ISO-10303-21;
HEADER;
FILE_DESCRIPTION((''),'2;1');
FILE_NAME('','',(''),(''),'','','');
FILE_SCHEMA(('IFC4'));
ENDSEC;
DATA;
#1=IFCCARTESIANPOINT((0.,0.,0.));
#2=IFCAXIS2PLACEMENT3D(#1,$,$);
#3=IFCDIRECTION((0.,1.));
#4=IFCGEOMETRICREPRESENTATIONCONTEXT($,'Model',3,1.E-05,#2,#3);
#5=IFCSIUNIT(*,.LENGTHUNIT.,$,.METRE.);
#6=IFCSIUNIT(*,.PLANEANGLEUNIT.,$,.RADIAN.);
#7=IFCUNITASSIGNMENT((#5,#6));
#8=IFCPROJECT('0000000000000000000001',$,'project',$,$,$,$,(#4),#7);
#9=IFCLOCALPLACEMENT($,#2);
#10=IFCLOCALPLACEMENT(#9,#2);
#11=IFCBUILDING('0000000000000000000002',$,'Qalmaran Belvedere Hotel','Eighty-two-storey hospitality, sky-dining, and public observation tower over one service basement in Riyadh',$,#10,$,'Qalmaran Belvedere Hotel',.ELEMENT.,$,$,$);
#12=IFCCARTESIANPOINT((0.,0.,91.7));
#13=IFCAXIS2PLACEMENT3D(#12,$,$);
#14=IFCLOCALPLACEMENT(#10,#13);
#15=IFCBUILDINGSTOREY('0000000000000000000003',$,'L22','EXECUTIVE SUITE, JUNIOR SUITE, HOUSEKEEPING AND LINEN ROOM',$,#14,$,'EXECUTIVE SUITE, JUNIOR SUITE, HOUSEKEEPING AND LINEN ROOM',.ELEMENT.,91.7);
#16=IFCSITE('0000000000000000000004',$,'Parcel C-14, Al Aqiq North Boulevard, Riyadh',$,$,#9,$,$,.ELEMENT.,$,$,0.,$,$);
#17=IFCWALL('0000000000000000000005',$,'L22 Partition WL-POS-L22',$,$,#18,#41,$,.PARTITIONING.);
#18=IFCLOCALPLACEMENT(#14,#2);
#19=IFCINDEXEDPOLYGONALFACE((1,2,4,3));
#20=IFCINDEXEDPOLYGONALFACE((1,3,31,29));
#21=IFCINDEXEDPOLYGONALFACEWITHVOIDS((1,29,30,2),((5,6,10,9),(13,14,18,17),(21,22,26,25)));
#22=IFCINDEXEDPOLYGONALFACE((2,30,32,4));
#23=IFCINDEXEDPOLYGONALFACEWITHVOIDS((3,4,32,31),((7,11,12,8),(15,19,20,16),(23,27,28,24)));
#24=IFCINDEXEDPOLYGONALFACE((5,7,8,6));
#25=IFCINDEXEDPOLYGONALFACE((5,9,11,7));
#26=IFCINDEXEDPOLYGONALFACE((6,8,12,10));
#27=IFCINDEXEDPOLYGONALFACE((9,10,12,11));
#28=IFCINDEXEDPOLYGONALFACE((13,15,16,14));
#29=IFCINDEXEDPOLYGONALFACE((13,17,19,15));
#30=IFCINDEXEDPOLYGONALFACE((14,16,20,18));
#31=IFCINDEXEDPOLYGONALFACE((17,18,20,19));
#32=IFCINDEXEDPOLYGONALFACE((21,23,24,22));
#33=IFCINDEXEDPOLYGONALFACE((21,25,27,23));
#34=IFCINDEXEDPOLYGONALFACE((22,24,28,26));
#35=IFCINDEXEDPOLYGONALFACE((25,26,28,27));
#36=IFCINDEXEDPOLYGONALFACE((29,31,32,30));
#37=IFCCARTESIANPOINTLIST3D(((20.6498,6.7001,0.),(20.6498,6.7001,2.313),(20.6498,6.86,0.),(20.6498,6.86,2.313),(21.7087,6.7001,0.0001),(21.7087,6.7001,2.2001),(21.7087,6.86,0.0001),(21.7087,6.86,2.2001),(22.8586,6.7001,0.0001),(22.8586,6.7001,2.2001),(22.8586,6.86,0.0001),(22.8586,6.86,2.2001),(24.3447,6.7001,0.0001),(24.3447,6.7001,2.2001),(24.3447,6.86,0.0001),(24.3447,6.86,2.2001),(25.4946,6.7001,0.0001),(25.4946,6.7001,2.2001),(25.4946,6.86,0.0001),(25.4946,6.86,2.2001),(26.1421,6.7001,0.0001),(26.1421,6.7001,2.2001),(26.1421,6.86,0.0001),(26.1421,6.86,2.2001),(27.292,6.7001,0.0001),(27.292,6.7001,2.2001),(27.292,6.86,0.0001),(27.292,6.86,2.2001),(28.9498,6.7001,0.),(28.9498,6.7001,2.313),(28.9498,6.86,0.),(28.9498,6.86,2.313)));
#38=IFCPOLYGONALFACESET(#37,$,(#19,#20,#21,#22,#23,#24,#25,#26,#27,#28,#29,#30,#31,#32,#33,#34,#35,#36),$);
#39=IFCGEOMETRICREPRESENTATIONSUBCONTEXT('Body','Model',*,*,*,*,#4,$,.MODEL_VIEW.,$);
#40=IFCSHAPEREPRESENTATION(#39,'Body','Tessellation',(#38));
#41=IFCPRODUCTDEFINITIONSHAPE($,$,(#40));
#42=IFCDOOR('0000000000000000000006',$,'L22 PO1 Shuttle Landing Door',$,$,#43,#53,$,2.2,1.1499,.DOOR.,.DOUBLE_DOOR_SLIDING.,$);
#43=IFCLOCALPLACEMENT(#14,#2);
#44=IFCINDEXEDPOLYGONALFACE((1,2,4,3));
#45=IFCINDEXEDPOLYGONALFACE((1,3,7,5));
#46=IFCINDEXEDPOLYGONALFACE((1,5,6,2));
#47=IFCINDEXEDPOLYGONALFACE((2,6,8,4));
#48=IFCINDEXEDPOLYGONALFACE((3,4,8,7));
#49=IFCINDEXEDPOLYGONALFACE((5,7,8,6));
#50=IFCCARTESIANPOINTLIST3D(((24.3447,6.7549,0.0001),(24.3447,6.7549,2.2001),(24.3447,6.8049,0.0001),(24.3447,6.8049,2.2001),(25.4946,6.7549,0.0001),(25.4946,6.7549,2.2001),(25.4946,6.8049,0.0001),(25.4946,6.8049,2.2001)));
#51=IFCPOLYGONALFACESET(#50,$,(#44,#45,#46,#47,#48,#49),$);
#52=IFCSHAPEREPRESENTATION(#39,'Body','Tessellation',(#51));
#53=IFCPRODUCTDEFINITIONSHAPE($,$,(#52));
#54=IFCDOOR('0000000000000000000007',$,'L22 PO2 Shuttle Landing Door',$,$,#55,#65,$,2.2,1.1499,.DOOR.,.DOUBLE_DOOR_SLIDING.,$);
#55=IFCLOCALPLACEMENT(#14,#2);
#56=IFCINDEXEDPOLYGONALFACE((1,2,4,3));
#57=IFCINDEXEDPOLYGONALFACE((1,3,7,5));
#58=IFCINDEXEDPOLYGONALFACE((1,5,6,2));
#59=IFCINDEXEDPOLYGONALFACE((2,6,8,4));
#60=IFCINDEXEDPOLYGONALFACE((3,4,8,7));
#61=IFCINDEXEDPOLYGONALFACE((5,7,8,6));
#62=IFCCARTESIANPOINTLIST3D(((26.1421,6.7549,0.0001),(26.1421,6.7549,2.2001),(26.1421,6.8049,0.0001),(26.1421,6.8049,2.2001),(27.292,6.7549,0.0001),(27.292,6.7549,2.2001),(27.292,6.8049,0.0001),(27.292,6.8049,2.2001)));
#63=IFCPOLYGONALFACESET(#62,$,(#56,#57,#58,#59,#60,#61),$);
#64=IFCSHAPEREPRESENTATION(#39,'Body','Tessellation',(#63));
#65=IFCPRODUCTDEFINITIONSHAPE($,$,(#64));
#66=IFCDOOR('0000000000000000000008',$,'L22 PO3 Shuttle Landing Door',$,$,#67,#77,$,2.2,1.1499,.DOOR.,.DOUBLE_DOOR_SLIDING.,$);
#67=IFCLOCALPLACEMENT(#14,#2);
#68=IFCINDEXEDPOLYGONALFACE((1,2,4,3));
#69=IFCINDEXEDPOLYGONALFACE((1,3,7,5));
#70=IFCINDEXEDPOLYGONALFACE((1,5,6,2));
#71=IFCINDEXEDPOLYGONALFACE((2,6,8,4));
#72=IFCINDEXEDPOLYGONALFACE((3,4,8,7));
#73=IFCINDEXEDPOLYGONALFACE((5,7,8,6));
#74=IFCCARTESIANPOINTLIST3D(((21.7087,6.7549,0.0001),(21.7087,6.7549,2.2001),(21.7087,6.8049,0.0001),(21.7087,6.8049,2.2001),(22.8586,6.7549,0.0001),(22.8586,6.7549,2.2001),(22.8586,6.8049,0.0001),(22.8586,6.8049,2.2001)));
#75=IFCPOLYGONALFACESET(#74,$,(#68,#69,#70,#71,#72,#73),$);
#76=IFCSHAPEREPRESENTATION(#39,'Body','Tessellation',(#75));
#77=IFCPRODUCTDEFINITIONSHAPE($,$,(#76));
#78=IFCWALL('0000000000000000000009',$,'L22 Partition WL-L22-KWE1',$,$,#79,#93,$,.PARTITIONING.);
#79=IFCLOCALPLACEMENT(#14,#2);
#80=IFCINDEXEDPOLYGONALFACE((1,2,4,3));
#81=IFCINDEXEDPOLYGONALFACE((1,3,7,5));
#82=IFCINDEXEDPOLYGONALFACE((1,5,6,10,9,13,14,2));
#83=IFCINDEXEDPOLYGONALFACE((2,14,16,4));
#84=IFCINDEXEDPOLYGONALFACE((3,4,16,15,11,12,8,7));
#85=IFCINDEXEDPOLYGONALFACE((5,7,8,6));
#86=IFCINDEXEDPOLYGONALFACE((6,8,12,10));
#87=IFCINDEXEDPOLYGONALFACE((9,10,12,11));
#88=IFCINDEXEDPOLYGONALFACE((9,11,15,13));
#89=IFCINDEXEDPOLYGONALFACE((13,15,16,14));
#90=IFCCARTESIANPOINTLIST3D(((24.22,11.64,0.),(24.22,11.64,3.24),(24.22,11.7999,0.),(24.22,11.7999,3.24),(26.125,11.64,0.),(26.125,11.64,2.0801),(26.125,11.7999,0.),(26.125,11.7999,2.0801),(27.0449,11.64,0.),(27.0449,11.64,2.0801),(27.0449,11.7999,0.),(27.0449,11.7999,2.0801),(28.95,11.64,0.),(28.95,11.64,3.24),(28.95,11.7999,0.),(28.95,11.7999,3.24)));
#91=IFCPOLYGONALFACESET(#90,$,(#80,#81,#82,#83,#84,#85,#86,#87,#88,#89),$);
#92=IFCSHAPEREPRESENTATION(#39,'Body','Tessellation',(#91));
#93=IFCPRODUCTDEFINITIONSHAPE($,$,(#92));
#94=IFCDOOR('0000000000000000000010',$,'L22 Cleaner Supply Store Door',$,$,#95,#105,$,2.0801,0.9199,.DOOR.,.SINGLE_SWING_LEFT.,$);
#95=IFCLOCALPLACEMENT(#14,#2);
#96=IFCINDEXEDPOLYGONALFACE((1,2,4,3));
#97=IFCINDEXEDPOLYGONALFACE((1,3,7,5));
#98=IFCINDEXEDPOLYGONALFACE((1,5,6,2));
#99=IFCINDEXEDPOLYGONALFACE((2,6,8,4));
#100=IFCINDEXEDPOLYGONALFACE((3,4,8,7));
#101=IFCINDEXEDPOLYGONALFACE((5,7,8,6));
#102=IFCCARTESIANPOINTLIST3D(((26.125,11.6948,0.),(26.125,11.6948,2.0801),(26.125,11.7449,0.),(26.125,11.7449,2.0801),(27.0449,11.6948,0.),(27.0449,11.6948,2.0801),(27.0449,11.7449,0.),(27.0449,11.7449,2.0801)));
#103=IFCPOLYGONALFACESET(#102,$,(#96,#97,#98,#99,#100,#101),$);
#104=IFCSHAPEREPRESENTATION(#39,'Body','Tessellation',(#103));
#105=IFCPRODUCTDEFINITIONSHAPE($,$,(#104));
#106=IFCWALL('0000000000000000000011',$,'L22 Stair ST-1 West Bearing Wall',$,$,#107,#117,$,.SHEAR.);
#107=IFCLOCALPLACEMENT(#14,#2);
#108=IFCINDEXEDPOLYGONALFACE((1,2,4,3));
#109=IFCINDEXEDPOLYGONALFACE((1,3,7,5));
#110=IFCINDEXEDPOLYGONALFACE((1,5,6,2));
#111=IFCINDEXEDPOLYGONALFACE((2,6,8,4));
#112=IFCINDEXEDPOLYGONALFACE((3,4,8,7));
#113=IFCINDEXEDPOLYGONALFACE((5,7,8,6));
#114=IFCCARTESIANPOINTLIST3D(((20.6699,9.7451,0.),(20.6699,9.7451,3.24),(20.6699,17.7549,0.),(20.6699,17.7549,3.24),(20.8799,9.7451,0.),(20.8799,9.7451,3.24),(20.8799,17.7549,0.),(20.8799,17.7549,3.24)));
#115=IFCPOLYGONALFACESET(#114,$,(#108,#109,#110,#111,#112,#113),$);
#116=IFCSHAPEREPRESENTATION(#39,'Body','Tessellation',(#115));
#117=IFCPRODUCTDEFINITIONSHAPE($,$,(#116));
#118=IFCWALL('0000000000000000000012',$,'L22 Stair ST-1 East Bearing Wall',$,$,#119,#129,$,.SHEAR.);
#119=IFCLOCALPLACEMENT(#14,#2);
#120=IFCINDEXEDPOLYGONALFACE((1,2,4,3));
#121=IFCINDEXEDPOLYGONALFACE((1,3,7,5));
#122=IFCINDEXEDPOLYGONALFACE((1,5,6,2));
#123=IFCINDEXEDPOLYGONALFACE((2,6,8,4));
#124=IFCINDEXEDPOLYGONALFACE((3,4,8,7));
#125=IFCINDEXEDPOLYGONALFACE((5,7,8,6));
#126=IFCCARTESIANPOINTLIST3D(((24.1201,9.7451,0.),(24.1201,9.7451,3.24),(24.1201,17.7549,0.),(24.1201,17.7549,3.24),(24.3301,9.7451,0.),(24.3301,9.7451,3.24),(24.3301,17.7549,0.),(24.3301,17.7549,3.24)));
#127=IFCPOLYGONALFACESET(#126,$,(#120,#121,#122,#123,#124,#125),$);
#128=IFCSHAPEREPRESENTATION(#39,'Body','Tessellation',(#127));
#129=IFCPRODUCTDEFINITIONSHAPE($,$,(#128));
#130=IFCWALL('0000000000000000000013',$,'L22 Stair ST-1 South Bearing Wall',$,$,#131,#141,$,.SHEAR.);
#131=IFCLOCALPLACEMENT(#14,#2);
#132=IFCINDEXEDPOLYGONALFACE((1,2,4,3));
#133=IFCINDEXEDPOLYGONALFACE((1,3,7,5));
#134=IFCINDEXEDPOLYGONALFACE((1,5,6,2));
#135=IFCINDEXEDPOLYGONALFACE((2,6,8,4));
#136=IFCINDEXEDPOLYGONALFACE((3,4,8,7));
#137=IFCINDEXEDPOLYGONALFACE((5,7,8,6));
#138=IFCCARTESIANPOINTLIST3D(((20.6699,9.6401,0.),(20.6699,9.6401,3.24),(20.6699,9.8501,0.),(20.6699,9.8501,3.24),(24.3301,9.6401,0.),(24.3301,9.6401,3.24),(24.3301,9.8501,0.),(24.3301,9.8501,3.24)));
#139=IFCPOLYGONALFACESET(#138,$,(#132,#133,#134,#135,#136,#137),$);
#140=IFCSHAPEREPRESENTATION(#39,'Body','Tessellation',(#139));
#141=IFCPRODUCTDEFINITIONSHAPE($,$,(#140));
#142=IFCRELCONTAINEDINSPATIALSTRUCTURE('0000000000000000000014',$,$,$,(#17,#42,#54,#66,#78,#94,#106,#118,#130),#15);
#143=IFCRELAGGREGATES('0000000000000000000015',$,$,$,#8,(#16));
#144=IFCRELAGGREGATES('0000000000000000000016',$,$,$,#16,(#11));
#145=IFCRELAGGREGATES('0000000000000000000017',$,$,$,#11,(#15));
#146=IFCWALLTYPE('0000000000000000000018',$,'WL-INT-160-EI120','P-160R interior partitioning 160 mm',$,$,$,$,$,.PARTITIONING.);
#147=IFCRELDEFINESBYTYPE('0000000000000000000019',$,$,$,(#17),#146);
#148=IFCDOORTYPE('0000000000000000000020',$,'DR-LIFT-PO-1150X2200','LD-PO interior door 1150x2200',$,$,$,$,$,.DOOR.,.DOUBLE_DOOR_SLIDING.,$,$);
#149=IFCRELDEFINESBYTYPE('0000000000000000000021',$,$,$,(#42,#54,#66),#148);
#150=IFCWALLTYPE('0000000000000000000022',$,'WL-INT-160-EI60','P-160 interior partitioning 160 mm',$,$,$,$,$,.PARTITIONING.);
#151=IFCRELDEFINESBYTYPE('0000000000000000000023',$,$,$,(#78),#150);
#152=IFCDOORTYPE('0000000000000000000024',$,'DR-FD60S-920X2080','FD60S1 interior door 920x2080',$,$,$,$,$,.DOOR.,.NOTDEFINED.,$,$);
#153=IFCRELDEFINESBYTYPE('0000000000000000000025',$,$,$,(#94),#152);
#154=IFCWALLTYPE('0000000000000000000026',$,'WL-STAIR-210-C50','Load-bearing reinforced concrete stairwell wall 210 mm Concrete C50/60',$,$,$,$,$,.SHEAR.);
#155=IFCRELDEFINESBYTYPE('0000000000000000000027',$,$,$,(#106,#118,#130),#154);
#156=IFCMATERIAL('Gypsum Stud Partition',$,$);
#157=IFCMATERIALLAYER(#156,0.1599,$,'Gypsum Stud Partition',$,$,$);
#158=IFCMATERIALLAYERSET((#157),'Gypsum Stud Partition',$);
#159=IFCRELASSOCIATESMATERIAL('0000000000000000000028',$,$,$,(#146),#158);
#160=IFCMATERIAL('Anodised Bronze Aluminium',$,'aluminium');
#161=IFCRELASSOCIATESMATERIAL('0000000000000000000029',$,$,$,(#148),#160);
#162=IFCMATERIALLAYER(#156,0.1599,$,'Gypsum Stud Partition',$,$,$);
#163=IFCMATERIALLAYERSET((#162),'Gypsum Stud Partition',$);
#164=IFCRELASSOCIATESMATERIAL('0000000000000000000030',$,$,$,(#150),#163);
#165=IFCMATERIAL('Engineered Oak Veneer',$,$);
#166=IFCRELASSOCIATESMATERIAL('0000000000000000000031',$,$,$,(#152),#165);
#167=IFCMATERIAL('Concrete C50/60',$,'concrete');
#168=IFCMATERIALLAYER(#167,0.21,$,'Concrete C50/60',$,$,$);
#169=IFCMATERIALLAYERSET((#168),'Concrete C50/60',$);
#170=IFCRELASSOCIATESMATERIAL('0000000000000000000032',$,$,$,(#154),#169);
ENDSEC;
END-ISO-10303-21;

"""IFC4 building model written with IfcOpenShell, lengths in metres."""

from ifc_helpers import new_model, si_unit, direction, frame, frame_2d, origin, place, context, subcontext, project, spatial, rectangle, extrude, material, layer, layer_set, type_object, element, fill, save


model = new_model("IFC4")

# Units and contexts
model_context = context("Model", 3, precision=1e-05, world=origin(), true_north=direction((0.0, 1.0)))
body_context = subcontext(model_context, "Body", "Model", "MODEL_VIEW")
ifc_project = project(units=[si_unit("LENGTHUNIT", "METRE"), si_unit("PLANEANGLEUNIT", "RADIAN")], contexts=[model_context])

# Site, building, storey
site_placement = place(None, origin())
site = spatial("IfcSite", under=ifc_project, at=site_placement, Name="Parcel C-14, Al Aqiq North Boulevard, Riyadh", CompositionType="ELEMENT", RefElevation=0.0)
building_placement = place(site_placement, origin())
building = spatial("IfcBuilding", under=site, at=building_placement, Name="Qalmaran Belvedere Hotel", Description="Eighty-two-storey hospitality, sky-dining, and public observation tower over one service basement in Riyadh", LongName="Qalmaran Belvedere Hotel", CompositionType="ELEMENT")
storey_placement = place(building_placement, frame((0.0, 0.0, 91.7)))
storey = spatial("IfcBuildingStorey", under=building, at=storey_placement, Name="L22", Description="EXECUTIVE SUITE, JUNIOR SUITE, HOUSEKEEPING AND LINEN ROOM", LongName="EXECUTIVE SUITE, JUNIOR SUITE, HOUSEKEEPING AND LINEN ROOM", CompositionType="ELEMENT", Elevation=91.7)

# Shared definitions
ifc_material_1 = material(Name="Anodised Bronze Aluminium", Category="aluminium")

# Shared definitions
ifc_material_2 = material(Name="Concrete C50/60", Category="concrete")
ifc_material_3 = material(Name="Gypsum Stud Partition")

# Wall, openings, doors
ifc_layer_1 = layer(ifc_material_3, 0.1599, Name="Gypsum Stud Partition")
ifc_layer_set_1 = layer_set([ifc_layer_1], Name="Gypsum Stud Partition")
wall_type_1 = type_object("IfcWallType", Name="WL-INT-160-EI120", Description="P-160R interior partitioning 160 mm", PredefinedType="PARTITIONING", material=ifc_layer_set_1)
wall_1_placement = place(storey_placement, frame((20.6499, 6.78, 0.0), z_axis=(0.0, 0.0, 1.0), x_axis=(1.0, 0.0, 0.0)))
wall_1 = element("IfcWall", 1, at=wall_1_placement, inside=storey, type_object=wall_type_1, Name="L22 Partition WL-POS-L22", PredefinedType="PARTITIONING", context=body_context, shape_type="SweptSolid", body=[
    extrude(rectangle(XDim=8.3, YDim=0.1599, at=frame_2d((4.1499, 0.0))), origin(), (0.0, 0.0, 1.0), 2.313),
])
opening_1_placement = place(wall_1_placement, frame((3.6948, 0.0, 0.0)))
opening_1 = element("IfcOpeningElement", 2, at=opening_1_placement, cuts=wall_1, PredefinedType="OPENING", context=body_context, shape_type="SweptSolid", body=[
    extrude(rectangle(XDim=1.1499, YDim=2.2, at=frame_2d((0.575, 1.1001))), frame((0.0, 0.0898, 0.0), z_axis=(0.0, -1.0, 0.0), x_axis=(1.0, 0.0, 0.0)), (0.0, 0.0, 1.0), 0.1799),
])
opening_2_placement = place(wall_1_placement, frame((5.4922, 0.0, 0.0)))
opening_2 = element("IfcOpeningElement", 3, at=opening_2_placement, cuts=wall_1, PredefinedType="OPENING", context=body_context, shape_type="SweptSolid", body=[
    extrude(rectangle(XDim=1.1499, YDim=2.2, at=frame_2d((0.575, 1.1001))), frame((0.0, 0.0898, 0.0), z_axis=(0.0, -1.0, 0.0), x_axis=(1.0, 0.0, 0.0)), (0.0, 0.0, 1.0), 0.1799),
])
opening_3_placement = place(wall_1_placement, frame((1.0588, 0.0, 0.0)))
opening_3 = element("IfcOpeningElement", 4, at=opening_3_placement, cuts=wall_1, PredefinedType="OPENING", context=body_context, shape_type="SweptSolid", body=[
    extrude(rectangle(XDim=1.1499, YDim=2.2, at=frame_2d((0.575, 1.1001))), frame((0.0, 0.0898, 0.0), z_axis=(0.0, -1.0, 0.0), x_axis=(1.0, 0.0, 0.0)), (0.0, 0.0, 1.0), 0.1799),
])
door_type_1 = type_object("IfcDoorType", Name="DR-LIFT-PO-1150X2200", Description="LD-PO interior door 1150x2200", OperationType="DOUBLE_DOOR_SLIDING", PredefinedType="DOOR", material=ifc_material_1)
door_1_placement = place(opening_1_placement, origin())
door_1 = element("IfcDoor", 5, at=door_1_placement, inside=storey, type_object=door_type_1, Name="L22 PO1 Shuttle Landing Door", OperationType="DOUBLE_DOOR_SLIDING", OverallHeight=2.2, OverallWidth=1.1499, PredefinedType="DOOR", context=body_context, shape_type="SweptSolid", body=[
    extrude(rectangle(XDim=1.1499, YDim=2.2, at=frame_2d((0.575, 1.1001))), frame((0.0, 0.0249, 0.0), z_axis=(0.0, -1.0, 0.0), x_axis=(1.0, 0.0, 0.0)), (0.0, 0.0, 1.0), 0.05),
])
fill(opening_1, door_1)
door_2_placement = place(opening_2_placement, origin())
door_2 = element("IfcDoor", 6, at=door_2_placement, inside=storey, type_object=door_type_1, Name="L22 PO2 Shuttle Landing Door", OperationType="DOUBLE_DOOR_SLIDING", OverallHeight=2.2, OverallWidth=1.1499, PredefinedType="DOOR", context=body_context, shape_type="SweptSolid", body=[
    extrude(rectangle(XDim=1.1499, YDim=2.2, at=frame_2d((0.575, 1.1001))), frame((0.0, 0.0249, 0.0), z_axis=(0.0, -1.0, 0.0), x_axis=(1.0, 0.0, 0.0)), (0.0, 0.0, 1.0), 0.05),
])
fill(opening_2, door_2)
door_3_placement = place(opening_3_placement, origin())
door_3 = element("IfcDoor", 7, at=door_3_placement, inside=storey, type_object=door_type_1, Name="L22 PO3 Shuttle Landing Door", OperationType="DOUBLE_DOOR_SLIDING", OverallHeight=2.2, OverallWidth=1.1499, PredefinedType="DOOR", context=body_context, shape_type="SweptSolid", body=[
    extrude(rectangle(XDim=1.1499, YDim=2.2, at=frame_2d((0.575, 1.1001))), frame((0.0, 0.0249, 0.0), z_axis=(0.0, -1.0, 0.0), x_axis=(1.0, 0.0, 0.0)), (0.0, 0.0, 1.0), 0.05),
])
fill(opening_3, door_3)

# Wall, opening, door
ifc_layer_2 = layer(ifc_material_3, 0.1599, Name="Gypsum Stud Partition")
ifc_layer_set_2 = layer_set([ifc_layer_2], Name="Gypsum Stud Partition")
wall_type_2 = type_object("IfcWallType", Name="WL-INT-160-EI60", Description="P-160 interior partitioning 160 mm", PredefinedType="PARTITIONING", material=ifc_layer_set_2)
wall_2_placement = place(storey_placement, frame((24.22, 11.72, 0.0), z_axis=(0.0, 0.0, 1.0), x_axis=(1.0, 0.0, 0.0)))
wall_2 = element("IfcWall", 8, at=wall_2_placement, inside=storey, type_object=wall_type_2, Name="L22 Partition WL-L22-KWE1", PredefinedType="PARTITIONING", context=body_context, shape_type="SweptSolid", body=[
    extrude(rectangle(XDim=4.73, YDim=0.1599, at=frame_2d((2.365, 0.0))), origin(), (0.0, 0.0, 1.0), 3.24),
])
opening_4_placement = place(wall_2_placement, frame((1.905, 0.0, 0.0)))
opening_4 = element("IfcOpeningElement", 9, at=opening_4_placement, cuts=wall_2, PredefinedType="OPENING", context=body_context, shape_type="SweptSolid", body=[
    extrude(rectangle(XDim=0.9199, YDim=2.0801, at=frame_2d((0.46, 1.04))), frame((0.0, 0.0898, 0.0), z_axis=(0.0, -1.0, 0.0), x_axis=(1.0, 0.0, 0.0)), (0.0, 0.0, 1.0), 0.1799),
])
ifc_material_4 = material(Name="Engineered Oak Veneer")
door_type_2 = type_object("IfcDoorType", Name="DR-FD60S-920X2080", Description="FD60S1 interior door 920x2080", OperationType="NOTDEFINED", PredefinedType="DOOR", material=ifc_material_4)
door_4_placement = place(opening_4_placement, origin())
door_4 = element("IfcDoor", 10, at=door_4_placement, inside=storey, type_object=door_type_2, Name="L22 Cleaner Supply Store Door", OperationType="SINGLE_SWING_LEFT", OverallHeight=2.0801, OverallWidth=0.9199, PredefinedType="DOOR", context=body_context, shape_type="SweptSolid", body=[
    extrude(rectangle(XDim=0.9199, YDim=2.0801, at=frame_2d((0.46, 1.04))), frame((0.0, 0.0249, 0.0), z_axis=(0.0, -1.0, 0.0), x_axis=(1.0, 0.0, 0.0)), (0.0, 0.0, 1.0), 0.05),
])
fill(opening_4, door_4)

# Walls
ifc_layer_3 = layer(ifc_material_2, 0.21, Name="Concrete C50/60")
ifc_layer_set_3 = layer_set([ifc_layer_3], Name="Concrete C50/60")
wall_type_3 = type_object("IfcWallType", Name="WL-STAIR-210-C50", Description="Load-bearing reinforced concrete stairwell wall 210 mm Concrete C50/60", PredefinedType="SHEAR", material=ifc_layer_set_3)
for number, where, z_axis, x_axis, name in (
    (11, (20.7749, 9.7451, 0.0), (0.0, 0.0, 1.0), (0.0, 1.0, 0.0), "L22 Stair ST-1 West Bearing Wall"),
    (12, (24.2251, 9.7451, 0.0), (0.0, 0.0, 1.0), (0.0, 1.0, 0.0), "L22 Stair ST-1 East Bearing Wall"),
):
    element("IfcWall", number, at=place(storey_placement, frame(where, z_axis=z_axis, x_axis=x_axis)), inside=storey, type_object=wall_type_3, Name=name, PredefinedType="SHEAR", context=body_context, shape_type="SweptSolid", body=[
        extrude(rectangle(XDim=8.0098, YDim=0.21, at=frame_2d((4.0049, 0.0))), origin(), (0.0, 0.0, 1.0), 3.24),
    ])
wall_3_placement = place(storey_placement, frame((20.6699, 9.7451, 0.0), z_axis=(0.0, 0.0, 1.0), x_axis=(1.0, 0.0, 0.0)))
element("IfcWall", 13, at=wall_3_placement, inside=storey, type_object=wall_type_3, Name="L22 Stair ST-1 South Bearing Wall", PredefinedType="SHEAR", context=body_context, shape_type="SweptSolid", body=[
    extrude(rectangle(XDim=3.6602, YDim=0.21, at=frame_2d((1.8301, 0.0))), origin(), (0.0, 0.0, 1.0), 3.24),
])

save(model, "model.ifc")
